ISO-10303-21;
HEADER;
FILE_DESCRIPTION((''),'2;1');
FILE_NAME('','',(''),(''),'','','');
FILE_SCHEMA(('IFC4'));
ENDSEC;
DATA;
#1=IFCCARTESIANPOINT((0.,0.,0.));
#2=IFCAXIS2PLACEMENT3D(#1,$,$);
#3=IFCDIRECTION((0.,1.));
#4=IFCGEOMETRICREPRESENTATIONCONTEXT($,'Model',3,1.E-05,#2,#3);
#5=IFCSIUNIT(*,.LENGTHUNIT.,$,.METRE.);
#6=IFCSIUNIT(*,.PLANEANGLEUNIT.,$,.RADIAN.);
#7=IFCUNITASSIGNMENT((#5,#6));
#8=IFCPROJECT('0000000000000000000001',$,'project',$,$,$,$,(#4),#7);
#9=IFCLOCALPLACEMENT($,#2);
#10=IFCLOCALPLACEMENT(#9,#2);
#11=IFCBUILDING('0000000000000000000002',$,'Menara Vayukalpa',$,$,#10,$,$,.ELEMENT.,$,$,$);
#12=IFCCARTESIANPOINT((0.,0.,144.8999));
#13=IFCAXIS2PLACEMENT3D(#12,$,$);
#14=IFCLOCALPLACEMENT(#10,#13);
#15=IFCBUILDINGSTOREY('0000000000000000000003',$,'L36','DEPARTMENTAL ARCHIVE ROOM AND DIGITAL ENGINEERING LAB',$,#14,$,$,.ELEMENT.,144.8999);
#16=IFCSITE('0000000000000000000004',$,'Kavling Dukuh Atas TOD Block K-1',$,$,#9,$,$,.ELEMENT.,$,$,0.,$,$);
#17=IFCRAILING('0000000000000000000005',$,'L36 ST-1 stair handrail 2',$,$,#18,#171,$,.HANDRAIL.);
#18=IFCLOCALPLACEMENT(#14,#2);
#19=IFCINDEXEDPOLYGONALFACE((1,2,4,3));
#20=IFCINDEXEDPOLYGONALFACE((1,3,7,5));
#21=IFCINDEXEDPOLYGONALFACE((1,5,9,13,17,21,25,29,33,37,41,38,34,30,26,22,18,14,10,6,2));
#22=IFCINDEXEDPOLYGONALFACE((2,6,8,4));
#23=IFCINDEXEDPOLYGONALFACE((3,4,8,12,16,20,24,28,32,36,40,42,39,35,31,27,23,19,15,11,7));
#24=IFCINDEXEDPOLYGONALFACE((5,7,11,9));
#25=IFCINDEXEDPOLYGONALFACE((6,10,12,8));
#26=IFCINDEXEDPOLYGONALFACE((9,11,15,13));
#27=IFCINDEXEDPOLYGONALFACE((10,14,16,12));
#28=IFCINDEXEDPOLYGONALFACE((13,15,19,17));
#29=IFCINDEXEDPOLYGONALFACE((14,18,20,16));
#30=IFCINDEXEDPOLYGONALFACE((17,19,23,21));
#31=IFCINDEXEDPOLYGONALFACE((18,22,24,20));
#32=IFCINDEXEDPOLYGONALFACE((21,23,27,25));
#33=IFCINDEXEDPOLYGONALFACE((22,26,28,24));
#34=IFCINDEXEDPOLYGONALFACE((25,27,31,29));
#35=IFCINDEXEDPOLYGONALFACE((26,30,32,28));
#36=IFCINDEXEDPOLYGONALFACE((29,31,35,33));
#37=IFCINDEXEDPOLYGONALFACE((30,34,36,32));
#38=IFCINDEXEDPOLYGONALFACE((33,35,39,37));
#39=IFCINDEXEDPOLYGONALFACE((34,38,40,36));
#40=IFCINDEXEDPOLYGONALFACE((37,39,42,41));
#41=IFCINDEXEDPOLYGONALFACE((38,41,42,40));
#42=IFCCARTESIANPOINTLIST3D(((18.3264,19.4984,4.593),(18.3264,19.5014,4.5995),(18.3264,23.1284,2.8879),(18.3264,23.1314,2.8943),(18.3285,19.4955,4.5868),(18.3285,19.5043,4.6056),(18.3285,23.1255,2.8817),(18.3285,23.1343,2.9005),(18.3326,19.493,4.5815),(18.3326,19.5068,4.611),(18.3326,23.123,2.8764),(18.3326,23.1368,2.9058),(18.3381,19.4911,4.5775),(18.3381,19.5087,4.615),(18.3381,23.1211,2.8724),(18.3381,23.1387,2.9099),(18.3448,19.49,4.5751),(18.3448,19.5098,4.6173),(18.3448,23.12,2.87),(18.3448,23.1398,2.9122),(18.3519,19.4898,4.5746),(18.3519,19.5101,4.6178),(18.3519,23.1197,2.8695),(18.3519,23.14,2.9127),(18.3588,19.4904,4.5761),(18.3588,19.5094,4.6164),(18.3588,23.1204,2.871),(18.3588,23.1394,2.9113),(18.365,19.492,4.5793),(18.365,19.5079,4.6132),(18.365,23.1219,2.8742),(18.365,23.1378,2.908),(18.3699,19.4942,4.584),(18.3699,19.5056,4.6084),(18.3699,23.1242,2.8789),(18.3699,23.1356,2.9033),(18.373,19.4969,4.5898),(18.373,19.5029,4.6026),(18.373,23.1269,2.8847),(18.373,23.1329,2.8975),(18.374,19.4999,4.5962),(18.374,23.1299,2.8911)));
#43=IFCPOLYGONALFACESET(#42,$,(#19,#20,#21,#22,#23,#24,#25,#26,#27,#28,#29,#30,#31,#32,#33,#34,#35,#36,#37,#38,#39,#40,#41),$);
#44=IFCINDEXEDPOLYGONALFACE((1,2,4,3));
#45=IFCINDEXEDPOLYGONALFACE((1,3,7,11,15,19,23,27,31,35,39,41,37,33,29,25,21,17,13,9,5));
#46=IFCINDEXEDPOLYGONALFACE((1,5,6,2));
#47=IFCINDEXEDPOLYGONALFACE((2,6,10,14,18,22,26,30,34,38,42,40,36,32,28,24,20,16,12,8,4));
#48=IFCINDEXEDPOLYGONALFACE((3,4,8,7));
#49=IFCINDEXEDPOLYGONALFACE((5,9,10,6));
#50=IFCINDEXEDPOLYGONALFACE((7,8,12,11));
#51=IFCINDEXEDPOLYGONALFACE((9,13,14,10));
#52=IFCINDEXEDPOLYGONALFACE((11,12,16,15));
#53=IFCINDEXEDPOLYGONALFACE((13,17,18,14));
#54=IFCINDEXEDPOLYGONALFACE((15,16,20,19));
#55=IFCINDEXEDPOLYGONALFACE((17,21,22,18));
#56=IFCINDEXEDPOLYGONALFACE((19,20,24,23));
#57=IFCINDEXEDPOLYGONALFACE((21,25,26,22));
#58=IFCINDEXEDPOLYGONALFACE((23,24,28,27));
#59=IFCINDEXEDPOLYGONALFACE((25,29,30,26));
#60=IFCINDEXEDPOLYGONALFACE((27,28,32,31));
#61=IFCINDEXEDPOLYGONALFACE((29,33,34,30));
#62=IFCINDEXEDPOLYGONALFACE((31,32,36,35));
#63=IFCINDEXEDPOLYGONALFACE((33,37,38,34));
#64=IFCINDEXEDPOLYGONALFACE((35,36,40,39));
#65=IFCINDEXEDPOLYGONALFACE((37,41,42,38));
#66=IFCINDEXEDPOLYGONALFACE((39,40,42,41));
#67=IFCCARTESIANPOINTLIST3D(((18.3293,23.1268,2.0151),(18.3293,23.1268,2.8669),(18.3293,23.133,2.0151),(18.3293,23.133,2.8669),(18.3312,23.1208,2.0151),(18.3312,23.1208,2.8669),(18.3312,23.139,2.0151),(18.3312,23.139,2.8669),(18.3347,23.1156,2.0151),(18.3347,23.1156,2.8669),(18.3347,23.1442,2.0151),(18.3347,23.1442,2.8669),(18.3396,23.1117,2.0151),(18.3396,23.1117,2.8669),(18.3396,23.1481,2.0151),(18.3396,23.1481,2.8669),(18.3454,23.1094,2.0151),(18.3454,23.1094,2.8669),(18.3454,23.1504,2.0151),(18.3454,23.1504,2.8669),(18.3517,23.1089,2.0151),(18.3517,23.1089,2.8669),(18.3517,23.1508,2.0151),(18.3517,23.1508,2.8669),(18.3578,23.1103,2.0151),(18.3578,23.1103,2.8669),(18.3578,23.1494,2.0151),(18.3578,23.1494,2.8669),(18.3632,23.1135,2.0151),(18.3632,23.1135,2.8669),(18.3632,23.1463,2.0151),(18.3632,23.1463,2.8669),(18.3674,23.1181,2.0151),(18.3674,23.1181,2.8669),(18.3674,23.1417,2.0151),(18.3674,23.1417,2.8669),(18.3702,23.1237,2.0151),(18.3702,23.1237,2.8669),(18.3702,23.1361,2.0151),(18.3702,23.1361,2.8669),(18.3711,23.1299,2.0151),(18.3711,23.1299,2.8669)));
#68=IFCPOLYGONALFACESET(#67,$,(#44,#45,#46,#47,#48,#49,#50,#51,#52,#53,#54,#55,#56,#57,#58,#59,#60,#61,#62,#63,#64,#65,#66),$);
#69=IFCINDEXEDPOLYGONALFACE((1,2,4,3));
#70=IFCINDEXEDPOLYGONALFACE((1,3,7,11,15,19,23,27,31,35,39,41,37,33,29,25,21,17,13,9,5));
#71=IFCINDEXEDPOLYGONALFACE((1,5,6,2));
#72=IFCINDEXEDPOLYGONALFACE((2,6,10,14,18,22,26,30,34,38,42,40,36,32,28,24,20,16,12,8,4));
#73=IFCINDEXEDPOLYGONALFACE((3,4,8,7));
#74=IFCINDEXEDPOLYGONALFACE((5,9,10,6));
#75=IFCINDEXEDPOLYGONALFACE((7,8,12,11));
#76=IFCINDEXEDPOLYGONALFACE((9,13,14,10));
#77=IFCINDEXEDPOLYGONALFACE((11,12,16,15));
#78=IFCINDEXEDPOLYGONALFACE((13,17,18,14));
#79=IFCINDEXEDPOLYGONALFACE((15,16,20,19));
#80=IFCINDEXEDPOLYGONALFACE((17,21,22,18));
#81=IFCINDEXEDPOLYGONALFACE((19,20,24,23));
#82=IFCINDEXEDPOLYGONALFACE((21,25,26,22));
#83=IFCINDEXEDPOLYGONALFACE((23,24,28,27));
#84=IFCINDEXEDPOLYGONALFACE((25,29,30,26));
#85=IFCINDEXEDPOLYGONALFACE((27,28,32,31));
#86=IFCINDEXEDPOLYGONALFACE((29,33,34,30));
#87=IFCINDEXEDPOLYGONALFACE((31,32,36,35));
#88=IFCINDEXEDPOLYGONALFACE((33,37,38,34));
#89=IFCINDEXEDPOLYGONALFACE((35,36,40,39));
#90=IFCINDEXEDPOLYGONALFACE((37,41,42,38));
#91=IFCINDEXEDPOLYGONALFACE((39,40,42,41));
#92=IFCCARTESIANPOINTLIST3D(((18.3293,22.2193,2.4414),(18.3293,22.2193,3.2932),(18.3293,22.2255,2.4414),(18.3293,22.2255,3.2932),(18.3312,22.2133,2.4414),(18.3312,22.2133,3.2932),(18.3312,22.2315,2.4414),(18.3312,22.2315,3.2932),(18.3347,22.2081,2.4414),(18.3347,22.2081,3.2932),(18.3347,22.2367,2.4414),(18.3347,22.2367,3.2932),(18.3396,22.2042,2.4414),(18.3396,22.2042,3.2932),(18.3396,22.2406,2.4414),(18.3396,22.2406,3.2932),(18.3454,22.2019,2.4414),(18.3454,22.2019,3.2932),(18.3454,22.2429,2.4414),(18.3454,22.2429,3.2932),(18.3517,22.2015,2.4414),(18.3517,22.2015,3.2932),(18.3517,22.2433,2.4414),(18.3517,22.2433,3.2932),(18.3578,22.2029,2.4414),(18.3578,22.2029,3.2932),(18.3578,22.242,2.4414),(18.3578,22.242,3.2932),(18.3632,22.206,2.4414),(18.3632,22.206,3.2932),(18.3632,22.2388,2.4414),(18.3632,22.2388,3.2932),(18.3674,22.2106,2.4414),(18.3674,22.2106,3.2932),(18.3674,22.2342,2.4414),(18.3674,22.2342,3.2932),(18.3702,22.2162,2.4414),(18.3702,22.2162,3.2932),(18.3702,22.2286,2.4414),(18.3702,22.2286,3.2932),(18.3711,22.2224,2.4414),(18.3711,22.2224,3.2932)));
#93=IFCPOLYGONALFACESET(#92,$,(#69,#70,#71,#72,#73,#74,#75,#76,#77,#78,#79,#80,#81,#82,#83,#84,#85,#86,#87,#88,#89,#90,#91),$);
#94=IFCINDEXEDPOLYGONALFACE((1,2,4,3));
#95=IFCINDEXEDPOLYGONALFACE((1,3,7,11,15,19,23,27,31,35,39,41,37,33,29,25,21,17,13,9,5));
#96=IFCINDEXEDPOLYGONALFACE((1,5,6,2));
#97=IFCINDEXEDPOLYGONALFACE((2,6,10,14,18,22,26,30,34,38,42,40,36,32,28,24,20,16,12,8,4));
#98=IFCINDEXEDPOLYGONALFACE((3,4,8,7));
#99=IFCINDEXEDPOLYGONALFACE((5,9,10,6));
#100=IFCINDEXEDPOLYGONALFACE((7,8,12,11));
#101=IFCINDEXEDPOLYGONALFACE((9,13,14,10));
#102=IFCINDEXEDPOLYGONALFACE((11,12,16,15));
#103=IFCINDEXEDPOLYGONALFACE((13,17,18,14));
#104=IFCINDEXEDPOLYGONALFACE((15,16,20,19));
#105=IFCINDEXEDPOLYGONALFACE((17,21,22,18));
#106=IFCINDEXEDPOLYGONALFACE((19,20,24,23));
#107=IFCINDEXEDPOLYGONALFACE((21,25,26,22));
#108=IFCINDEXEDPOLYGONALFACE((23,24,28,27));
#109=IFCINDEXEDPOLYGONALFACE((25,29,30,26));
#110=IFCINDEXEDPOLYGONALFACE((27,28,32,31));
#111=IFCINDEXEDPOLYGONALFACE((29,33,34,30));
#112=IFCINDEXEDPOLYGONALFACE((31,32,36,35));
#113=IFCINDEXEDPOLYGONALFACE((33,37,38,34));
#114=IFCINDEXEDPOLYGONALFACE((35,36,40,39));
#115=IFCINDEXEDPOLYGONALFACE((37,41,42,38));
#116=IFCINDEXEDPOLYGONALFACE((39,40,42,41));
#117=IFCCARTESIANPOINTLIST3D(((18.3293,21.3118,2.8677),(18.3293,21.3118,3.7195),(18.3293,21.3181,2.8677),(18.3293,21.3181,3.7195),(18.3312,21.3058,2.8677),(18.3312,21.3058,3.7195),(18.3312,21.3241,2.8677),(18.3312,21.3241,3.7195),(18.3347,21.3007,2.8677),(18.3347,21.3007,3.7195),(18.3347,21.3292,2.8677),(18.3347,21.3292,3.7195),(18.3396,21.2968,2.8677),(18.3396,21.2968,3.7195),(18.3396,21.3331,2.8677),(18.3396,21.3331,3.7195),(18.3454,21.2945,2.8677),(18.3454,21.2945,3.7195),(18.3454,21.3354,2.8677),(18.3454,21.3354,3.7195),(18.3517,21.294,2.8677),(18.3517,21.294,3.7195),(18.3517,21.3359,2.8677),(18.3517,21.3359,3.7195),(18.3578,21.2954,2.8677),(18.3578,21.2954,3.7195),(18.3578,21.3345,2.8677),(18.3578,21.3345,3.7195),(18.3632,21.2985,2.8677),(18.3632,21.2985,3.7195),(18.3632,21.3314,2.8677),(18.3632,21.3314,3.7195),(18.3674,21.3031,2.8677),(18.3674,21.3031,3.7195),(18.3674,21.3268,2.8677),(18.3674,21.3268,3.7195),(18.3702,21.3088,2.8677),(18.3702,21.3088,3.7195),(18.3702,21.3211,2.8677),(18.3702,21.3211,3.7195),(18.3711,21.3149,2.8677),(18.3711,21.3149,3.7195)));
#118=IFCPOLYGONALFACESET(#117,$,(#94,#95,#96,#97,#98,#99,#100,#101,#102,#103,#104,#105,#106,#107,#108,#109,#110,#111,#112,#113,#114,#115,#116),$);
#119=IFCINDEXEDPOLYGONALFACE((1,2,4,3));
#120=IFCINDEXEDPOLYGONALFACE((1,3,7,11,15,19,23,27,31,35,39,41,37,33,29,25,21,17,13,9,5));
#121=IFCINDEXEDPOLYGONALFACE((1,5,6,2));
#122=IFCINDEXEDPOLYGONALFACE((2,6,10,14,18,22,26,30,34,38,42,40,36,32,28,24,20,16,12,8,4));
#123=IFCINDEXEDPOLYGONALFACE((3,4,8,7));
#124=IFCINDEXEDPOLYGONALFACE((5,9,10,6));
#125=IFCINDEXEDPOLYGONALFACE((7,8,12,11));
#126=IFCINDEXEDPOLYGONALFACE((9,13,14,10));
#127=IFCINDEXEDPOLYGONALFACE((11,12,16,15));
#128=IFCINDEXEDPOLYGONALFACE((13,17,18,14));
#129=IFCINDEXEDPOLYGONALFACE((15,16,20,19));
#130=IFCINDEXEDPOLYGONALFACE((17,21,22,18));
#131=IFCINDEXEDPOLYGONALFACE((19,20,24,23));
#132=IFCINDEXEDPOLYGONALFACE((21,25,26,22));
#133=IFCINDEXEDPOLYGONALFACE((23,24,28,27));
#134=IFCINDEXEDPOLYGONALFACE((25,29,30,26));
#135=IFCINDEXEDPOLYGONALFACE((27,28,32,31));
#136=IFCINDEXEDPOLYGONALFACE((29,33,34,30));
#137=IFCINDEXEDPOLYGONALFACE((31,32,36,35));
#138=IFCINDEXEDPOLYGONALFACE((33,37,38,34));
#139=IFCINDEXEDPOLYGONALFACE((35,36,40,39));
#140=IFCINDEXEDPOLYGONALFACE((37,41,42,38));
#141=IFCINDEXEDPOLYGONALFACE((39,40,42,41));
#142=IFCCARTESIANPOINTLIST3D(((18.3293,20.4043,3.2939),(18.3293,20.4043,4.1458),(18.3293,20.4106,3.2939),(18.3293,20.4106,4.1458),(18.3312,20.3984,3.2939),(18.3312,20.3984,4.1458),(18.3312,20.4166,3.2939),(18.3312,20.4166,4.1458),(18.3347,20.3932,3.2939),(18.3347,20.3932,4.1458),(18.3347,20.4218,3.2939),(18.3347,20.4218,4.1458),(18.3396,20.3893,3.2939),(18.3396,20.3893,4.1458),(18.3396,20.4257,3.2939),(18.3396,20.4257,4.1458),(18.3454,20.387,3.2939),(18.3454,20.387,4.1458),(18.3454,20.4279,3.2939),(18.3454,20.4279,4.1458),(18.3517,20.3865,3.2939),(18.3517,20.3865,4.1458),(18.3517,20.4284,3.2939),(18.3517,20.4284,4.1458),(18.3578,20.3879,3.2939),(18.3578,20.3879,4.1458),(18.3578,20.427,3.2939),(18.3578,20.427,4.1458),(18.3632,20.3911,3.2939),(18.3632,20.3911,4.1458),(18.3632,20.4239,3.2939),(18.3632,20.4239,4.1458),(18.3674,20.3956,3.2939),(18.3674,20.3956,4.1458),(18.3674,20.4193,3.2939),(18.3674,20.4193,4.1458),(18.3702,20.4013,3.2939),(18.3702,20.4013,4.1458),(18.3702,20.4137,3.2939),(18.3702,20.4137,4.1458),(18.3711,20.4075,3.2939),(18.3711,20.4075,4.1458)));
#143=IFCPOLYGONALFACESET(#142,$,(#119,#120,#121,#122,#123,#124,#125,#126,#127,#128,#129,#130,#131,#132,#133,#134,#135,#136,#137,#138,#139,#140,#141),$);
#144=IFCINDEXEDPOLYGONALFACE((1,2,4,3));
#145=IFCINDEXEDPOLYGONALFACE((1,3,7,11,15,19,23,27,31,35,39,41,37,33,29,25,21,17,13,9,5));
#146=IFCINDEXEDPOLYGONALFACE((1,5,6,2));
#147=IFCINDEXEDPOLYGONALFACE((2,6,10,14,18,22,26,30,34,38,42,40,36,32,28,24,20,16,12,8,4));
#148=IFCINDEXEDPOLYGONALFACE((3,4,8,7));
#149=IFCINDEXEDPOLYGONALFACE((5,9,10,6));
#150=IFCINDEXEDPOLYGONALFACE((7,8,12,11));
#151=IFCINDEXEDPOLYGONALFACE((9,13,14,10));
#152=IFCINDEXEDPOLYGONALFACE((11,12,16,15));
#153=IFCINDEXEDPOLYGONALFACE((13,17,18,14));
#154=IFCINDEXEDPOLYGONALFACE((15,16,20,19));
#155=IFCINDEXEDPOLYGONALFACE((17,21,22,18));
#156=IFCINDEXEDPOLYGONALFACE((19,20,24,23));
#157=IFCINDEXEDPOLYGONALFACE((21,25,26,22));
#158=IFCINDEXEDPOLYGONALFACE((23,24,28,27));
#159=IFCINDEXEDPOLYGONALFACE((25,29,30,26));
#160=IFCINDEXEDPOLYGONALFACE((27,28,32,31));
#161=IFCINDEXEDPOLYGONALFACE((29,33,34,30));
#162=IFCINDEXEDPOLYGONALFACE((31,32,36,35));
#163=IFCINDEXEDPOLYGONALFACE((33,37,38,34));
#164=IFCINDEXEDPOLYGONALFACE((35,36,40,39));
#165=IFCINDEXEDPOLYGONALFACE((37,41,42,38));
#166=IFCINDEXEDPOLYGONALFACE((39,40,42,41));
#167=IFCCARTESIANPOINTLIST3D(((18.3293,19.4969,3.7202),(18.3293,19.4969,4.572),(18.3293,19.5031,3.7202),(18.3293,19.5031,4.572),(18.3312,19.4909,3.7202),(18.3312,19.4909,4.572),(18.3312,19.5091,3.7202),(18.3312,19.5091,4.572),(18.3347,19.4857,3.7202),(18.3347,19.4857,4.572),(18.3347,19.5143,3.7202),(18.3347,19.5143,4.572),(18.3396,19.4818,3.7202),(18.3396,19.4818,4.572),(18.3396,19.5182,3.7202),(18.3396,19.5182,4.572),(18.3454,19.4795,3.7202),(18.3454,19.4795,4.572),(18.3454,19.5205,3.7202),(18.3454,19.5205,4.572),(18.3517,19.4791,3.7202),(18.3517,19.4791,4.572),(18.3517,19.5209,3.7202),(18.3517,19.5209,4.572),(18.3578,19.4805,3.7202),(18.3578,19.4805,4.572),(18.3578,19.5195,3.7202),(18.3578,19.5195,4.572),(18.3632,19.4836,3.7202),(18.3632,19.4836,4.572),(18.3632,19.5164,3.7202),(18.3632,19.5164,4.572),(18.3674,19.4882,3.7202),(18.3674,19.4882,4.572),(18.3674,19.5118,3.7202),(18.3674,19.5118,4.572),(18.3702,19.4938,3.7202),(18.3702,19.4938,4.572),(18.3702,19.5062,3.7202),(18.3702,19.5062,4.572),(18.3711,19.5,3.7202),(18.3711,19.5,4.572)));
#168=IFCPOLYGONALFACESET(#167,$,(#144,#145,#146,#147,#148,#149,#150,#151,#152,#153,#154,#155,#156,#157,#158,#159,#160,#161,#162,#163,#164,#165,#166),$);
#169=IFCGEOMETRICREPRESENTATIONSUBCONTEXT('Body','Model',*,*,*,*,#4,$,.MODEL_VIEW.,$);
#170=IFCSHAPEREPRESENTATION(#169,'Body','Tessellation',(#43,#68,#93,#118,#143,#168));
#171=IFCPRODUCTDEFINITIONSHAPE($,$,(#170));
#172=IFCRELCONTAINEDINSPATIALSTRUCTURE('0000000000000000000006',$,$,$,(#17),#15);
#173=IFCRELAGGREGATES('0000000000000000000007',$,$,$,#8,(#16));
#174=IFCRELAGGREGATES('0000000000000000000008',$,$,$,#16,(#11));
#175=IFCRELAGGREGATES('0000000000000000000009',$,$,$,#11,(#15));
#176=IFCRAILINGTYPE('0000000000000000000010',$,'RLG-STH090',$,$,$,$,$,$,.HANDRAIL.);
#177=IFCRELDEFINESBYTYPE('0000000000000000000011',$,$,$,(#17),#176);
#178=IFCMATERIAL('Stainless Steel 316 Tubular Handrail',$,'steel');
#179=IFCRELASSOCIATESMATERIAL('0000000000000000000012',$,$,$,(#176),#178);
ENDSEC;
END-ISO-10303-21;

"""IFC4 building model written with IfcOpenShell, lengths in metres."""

from ifc_helpers import new_model, si_unit, direction, frame, origin, origin_2d, place, context, subcontext, project, spatial, circle, extrude, material, type_object, element, save


model = new_model("IFC4")

# Units and contexts
model_context = context("Model", 3, precision=1e-05, world=origin(), true_north=direction((0.0, 1.0)))
body_context = subcontext(model_context, "Body", "Model", "MODEL_VIEW")
ifc_project = project(units=[si_unit("LENGTHUNIT", "METRE"), si_unit("PLANEANGLEUNIT", "RADIAN")], contexts=[model_context])

# Site, building, storey
site_placement = place(None, origin())
site = spatial("IfcSite", under=ifc_project, at=site_placement, Name="Kavling Dukuh Atas TOD Block K-1", CompositionType="ELEMENT", RefElevation=0.0)
building_placement = place(site_placement, origin())
building = spatial("IfcBuilding", under=site, at=building_placement, Name="Menara Vayukalpa", CompositionType="ELEMENT")
storey_placement = place(building_placement, frame((0.0, 0.0, 144.8999)))
storey = spatial("IfcBuildingStorey", under=building, at=storey_placement, Name="L36", Description="DEPARTMENTAL ARCHIVE ROOM AND DIGITAL ENGINEERING LAB", CompositionType="ELEMENT", Elevation=144.8999)

# Railing
ifc_material_1 = material(Name="Stainless Steel 316 Tubular Handrail", Category="steel")
railing_type_1 = type_object("IfcRailingType", Name="RLG-STH090", PredefinedType="HANDRAIL", material=ifc_material_1)
railing_1_placement = place(storey_placement, frame((18.3501, 23.1299, 2.0151)))
element("IfcRailing", 1, at=railing_1_placement, inside=storey, type_object=railing_type_1, Name="L36 ST-1 stair handrail 2", PredefinedType="HANDRAIL", context=body_context, shape_type="SweptSolid", body=[
    extrude(circle(Radius=0.0239, at=origin_2d()), frame((0.0, 0.0, 0.876), z_axis=(0.0, -0.905116, 0.425164), x_axis=(1.0, 0.0, 0.0)), (0.0, 0.0, 1.0), 4.0105),
    extrude(circle(Radius=0.021, at=origin_2d()), origin(), (0.0, 0.0, 1.0), 0.8518),
    extrude(circle(Radius=0.021, at=origin_2d()), frame((0.0, -0.9075, 0.4263)), (0.0, 0.0, 1.0), 0.8518),
    extrude(circle(Radius=0.021, at=origin_2d()), frame((0.0, -1.8149, 0.8525)), (0.0, 0.0, 1.0), 0.8518),
    extrude(circle(Radius=0.021, at=origin_2d()), frame((0.0, -2.7224, 1.2788)), (0.0, 0.0, 1.0), 0.8518),
    extrude(circle(Radius=0.021, at=origin_2d()), frame((0.0, -3.6299, 1.7051)), (0.0, 0.0, 1.0), 0.8518),
])

save(model, "model.ifc")
